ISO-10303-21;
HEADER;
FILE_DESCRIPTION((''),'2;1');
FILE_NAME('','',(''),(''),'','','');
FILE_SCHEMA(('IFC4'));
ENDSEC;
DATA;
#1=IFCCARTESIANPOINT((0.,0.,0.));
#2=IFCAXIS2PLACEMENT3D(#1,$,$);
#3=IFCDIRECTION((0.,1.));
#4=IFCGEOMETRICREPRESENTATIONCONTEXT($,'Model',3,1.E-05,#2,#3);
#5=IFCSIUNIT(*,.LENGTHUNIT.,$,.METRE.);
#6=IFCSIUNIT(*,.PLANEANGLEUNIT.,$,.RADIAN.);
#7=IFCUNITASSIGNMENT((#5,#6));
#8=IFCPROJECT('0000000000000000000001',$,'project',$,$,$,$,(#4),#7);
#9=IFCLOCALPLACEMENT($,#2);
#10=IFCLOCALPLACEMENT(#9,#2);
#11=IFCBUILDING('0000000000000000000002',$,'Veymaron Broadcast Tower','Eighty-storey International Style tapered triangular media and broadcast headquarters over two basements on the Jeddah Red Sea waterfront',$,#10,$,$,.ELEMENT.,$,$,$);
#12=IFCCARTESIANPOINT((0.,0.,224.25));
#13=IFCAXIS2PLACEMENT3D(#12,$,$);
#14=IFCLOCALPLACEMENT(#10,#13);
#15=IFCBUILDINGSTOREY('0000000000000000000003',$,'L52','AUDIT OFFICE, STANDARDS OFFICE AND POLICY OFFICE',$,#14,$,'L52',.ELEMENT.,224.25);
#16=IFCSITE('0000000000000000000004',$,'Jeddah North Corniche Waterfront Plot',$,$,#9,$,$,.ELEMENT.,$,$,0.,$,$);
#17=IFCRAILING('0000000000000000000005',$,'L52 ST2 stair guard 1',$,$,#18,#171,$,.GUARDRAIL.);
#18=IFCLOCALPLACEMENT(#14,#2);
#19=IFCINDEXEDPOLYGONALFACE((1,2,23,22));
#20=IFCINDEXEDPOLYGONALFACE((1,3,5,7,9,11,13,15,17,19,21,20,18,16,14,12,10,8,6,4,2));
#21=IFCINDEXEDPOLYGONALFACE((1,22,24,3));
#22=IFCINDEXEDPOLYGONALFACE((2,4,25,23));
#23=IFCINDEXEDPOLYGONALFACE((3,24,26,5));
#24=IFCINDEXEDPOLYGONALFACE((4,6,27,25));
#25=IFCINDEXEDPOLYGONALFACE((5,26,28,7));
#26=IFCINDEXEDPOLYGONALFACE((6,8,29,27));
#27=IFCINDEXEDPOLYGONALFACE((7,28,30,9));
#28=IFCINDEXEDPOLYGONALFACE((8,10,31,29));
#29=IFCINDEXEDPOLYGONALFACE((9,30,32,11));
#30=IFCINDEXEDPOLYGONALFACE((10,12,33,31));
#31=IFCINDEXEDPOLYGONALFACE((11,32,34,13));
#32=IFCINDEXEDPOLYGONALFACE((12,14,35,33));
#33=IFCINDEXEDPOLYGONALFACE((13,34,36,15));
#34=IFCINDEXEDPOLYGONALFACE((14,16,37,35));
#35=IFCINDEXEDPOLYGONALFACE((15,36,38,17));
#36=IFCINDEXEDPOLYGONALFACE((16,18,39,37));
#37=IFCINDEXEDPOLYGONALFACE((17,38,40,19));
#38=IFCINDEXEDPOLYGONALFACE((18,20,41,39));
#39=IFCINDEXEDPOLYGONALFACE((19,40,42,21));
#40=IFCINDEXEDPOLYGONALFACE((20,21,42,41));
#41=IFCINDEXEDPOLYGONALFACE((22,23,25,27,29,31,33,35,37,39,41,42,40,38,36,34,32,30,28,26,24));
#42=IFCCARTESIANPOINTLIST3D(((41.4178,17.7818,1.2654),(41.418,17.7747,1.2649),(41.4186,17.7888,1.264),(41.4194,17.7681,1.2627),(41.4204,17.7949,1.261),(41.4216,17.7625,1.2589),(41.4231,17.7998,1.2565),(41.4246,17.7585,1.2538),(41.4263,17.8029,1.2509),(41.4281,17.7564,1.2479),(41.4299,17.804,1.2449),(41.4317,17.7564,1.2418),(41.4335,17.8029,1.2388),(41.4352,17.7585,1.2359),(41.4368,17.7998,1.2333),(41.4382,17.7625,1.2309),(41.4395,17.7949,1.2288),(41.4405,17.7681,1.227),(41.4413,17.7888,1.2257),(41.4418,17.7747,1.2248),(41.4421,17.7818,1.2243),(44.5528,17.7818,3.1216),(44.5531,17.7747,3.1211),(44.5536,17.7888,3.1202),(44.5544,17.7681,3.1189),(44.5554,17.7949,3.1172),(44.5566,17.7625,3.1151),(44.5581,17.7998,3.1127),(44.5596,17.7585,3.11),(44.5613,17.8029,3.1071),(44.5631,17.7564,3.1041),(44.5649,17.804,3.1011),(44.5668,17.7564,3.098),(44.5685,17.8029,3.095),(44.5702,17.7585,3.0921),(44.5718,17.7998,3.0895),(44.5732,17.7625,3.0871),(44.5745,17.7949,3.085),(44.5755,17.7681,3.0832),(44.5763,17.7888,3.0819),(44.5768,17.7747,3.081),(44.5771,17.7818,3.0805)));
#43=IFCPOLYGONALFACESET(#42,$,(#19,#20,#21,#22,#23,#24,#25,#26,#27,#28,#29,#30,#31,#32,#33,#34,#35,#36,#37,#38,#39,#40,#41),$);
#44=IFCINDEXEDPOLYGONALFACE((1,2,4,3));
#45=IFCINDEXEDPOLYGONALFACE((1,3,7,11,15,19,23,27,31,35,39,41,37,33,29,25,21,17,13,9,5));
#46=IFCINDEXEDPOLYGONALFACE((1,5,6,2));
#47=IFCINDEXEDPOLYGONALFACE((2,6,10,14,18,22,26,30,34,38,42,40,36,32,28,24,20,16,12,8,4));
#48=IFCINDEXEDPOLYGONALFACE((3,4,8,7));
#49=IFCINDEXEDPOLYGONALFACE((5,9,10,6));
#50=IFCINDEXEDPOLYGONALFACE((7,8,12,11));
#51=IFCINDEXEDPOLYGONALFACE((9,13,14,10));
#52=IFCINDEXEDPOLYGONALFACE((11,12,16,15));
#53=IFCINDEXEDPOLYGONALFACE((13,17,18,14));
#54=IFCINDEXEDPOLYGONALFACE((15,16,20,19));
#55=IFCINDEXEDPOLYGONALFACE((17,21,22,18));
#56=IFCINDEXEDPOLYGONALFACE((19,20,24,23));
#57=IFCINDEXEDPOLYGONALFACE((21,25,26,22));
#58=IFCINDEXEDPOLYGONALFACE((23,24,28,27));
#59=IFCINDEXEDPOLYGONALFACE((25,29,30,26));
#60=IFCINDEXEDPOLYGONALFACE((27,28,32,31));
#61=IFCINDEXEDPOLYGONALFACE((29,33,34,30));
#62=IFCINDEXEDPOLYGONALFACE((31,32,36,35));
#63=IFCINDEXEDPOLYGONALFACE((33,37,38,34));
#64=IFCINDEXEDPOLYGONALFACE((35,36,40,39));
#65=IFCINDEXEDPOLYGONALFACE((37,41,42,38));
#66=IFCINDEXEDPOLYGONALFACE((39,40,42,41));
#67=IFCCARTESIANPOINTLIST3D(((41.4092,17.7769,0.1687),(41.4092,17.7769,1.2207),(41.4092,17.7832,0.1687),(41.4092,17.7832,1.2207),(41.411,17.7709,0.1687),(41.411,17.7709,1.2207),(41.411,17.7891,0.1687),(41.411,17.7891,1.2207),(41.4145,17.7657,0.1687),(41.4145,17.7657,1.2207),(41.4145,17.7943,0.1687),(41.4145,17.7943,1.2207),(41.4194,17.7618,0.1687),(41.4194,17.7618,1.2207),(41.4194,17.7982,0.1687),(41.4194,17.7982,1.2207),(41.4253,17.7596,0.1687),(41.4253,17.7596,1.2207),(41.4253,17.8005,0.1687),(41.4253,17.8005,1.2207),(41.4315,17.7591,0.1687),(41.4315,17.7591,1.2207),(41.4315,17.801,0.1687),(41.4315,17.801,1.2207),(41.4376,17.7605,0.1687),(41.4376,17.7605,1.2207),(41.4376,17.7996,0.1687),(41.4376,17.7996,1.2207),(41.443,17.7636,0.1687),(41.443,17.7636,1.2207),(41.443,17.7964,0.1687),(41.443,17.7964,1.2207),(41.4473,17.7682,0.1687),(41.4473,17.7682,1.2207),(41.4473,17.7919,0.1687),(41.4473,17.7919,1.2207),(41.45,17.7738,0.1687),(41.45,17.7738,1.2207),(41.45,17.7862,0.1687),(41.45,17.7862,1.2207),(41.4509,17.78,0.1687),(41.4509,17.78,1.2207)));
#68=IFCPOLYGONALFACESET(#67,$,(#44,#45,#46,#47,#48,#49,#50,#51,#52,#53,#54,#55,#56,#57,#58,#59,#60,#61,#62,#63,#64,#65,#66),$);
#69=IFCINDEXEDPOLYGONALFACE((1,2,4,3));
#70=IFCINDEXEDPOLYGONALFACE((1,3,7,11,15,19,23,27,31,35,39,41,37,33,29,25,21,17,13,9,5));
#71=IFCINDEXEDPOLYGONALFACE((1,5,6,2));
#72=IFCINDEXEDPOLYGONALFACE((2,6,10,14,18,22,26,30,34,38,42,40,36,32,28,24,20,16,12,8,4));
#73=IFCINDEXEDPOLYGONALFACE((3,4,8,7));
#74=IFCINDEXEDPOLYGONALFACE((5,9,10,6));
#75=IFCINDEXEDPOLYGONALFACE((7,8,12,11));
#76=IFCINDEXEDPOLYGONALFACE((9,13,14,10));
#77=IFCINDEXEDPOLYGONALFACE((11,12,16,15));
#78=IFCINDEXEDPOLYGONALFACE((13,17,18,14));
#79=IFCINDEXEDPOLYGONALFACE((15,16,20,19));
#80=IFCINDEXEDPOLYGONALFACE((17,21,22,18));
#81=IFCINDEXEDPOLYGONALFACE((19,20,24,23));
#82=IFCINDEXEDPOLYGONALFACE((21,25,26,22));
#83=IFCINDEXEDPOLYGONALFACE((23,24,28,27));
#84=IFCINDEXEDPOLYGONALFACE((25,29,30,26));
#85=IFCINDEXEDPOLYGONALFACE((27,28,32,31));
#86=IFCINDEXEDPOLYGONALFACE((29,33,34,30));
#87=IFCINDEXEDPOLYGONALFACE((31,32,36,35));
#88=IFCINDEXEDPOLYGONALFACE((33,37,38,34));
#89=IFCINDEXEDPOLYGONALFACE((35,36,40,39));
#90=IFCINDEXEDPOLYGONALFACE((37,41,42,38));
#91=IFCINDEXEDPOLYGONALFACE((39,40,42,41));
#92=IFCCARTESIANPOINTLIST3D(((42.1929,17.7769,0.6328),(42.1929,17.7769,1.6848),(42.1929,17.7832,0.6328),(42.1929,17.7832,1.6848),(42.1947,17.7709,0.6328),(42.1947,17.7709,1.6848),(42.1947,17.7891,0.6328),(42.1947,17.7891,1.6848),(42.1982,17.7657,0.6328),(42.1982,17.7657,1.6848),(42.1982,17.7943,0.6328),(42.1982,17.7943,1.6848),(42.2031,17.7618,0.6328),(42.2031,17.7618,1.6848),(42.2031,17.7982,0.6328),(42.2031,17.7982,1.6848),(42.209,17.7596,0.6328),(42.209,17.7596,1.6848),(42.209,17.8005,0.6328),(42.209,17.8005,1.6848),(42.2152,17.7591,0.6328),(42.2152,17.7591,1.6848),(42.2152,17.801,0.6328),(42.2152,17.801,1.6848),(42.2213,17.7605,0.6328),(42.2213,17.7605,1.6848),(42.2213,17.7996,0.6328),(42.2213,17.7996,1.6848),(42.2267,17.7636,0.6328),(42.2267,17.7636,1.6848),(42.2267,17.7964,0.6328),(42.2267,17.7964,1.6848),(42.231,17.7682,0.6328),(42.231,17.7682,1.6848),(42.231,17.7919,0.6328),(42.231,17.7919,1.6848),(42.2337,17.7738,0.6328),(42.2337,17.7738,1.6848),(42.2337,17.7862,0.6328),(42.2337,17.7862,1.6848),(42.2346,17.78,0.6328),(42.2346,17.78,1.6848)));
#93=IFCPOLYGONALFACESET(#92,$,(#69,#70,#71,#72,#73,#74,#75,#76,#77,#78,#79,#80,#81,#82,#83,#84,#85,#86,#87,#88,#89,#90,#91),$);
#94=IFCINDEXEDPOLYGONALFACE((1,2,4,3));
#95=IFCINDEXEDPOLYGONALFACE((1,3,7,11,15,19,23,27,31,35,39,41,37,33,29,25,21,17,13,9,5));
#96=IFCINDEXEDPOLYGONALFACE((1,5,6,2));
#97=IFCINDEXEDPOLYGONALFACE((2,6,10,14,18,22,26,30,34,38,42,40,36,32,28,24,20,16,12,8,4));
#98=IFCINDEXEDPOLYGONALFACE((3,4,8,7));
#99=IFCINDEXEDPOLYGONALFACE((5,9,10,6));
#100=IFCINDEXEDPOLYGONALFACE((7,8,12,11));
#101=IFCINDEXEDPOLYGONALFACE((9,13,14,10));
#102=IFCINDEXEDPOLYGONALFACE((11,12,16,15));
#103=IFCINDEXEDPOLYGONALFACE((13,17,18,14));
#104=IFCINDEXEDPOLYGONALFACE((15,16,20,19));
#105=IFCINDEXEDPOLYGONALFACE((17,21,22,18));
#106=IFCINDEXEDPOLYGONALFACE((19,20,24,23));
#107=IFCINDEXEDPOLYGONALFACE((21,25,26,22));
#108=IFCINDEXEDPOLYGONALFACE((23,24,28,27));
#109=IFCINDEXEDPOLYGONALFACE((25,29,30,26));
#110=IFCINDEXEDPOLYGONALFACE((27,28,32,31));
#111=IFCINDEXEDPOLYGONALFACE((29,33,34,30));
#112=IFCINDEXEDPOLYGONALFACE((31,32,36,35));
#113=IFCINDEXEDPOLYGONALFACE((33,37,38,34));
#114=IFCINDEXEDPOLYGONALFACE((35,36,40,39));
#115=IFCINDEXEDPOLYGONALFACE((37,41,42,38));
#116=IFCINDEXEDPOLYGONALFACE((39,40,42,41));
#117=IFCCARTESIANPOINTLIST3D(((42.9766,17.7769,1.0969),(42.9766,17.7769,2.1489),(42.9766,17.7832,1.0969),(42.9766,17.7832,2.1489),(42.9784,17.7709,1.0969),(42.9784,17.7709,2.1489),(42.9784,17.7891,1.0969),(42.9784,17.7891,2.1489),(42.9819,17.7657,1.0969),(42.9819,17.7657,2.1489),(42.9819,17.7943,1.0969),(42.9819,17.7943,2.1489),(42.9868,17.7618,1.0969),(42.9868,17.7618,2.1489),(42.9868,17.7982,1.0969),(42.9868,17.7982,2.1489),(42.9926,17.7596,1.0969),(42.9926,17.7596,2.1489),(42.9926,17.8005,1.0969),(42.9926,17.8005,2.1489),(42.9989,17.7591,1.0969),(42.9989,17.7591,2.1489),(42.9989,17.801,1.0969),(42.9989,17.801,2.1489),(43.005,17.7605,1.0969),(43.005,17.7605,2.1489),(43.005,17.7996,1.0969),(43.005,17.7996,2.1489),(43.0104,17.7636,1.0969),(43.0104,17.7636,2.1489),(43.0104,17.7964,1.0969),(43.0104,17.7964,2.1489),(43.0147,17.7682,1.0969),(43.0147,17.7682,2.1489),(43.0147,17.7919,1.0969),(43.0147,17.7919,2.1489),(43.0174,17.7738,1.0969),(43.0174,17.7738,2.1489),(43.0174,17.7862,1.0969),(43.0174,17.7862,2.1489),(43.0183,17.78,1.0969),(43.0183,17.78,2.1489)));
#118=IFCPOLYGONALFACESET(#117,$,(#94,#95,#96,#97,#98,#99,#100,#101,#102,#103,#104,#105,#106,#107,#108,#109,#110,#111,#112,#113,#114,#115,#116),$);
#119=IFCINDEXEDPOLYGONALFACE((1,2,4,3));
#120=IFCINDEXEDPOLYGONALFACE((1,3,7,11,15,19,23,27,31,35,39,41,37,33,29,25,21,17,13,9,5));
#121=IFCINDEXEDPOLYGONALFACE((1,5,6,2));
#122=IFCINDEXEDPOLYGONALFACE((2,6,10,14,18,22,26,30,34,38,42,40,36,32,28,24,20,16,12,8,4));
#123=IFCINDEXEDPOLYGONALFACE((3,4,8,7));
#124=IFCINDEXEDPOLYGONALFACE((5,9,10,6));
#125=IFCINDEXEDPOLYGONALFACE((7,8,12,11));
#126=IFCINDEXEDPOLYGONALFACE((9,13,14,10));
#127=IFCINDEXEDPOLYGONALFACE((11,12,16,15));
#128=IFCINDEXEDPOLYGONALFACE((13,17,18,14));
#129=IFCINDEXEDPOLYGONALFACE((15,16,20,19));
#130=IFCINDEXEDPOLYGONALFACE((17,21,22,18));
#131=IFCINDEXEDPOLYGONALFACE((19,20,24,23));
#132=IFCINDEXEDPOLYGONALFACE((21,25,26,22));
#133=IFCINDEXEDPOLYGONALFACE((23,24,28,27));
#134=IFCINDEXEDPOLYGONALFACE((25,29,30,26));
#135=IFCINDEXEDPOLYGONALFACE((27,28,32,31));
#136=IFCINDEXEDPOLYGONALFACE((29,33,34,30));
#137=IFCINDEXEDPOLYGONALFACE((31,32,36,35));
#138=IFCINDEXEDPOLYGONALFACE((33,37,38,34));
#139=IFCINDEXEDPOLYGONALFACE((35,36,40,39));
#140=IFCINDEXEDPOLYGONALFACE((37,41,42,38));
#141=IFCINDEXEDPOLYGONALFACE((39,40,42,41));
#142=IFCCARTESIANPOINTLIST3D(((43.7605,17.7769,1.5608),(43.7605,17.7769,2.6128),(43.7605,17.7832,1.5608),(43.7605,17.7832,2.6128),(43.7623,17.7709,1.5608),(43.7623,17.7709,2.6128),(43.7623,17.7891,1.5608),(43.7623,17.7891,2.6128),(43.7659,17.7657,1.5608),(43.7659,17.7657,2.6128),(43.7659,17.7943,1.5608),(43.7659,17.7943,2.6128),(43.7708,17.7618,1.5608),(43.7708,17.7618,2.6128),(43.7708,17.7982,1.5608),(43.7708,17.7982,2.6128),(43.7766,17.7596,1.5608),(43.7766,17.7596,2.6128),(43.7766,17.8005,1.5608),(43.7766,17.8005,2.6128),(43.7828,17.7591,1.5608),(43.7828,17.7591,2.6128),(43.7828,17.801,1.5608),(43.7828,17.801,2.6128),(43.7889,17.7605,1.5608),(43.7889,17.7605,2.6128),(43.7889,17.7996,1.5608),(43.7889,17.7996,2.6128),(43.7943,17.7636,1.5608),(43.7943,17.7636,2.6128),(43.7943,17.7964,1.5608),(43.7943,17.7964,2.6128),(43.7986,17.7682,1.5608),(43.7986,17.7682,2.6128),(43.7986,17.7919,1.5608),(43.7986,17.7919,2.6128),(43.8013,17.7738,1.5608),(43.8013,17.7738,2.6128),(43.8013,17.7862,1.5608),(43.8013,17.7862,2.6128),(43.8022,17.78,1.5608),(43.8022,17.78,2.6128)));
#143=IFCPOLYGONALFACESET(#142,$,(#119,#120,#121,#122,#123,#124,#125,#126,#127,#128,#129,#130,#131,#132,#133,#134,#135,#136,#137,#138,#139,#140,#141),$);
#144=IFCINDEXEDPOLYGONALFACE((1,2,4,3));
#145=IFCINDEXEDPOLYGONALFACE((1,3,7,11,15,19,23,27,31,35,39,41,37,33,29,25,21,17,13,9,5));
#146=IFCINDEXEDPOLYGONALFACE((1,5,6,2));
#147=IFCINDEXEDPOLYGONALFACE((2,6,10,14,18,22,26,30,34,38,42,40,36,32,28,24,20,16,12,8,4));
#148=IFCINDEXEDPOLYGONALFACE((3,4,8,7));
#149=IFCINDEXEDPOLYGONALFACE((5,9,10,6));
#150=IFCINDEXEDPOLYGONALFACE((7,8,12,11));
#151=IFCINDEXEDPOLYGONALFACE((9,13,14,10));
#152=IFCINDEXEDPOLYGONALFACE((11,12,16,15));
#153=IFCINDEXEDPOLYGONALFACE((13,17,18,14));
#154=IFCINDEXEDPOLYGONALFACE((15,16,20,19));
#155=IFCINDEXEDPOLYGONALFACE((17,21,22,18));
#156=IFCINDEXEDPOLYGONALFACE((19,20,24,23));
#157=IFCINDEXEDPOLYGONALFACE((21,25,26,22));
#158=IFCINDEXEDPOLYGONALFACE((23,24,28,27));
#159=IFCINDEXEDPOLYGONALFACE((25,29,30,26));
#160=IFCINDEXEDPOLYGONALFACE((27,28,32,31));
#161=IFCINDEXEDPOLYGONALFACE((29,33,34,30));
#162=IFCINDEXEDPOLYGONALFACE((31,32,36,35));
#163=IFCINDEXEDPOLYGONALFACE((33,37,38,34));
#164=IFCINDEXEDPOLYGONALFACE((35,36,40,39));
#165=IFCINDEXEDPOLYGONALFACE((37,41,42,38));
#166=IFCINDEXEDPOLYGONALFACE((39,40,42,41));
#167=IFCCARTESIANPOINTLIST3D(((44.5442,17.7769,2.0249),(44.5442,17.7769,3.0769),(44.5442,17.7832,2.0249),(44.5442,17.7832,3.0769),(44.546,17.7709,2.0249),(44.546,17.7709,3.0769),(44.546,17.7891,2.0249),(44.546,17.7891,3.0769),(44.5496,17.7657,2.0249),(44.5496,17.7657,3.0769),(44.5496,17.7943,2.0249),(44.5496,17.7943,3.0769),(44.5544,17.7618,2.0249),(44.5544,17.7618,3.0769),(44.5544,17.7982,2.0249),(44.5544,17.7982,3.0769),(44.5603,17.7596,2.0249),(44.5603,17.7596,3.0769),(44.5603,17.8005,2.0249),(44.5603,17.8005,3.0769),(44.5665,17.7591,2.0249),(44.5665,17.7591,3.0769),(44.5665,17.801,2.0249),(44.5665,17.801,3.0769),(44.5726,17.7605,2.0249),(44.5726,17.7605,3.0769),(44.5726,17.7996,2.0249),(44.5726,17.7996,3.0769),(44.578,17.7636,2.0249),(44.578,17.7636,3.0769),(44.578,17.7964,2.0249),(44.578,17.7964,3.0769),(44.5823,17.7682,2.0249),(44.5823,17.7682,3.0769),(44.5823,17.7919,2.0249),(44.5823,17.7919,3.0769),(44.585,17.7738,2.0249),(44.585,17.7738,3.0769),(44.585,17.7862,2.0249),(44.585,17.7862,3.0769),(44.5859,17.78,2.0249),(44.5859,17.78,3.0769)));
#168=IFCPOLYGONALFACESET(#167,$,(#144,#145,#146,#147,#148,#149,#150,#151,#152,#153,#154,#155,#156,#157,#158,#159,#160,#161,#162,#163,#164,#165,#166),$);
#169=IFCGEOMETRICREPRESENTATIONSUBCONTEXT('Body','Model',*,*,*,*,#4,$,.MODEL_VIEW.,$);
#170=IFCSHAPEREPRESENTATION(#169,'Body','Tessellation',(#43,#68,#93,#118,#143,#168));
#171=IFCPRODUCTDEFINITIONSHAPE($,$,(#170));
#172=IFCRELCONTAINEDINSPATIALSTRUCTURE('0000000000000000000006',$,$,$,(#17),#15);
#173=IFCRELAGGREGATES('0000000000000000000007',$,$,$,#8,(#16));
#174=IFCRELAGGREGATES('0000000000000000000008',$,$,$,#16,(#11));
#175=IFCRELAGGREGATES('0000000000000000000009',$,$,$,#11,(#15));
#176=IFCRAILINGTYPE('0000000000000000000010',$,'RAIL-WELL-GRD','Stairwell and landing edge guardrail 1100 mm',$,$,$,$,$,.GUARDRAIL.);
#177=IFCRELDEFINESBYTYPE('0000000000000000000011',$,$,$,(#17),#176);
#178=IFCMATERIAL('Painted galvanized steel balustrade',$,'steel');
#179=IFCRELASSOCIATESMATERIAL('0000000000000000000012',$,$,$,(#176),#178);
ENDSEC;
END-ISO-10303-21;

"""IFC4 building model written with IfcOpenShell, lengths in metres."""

from ifc_helpers import new_model, si_unit, direction, frame, origin, origin_2d, place, context, subcontext, project, spatial, circle, extrude, material, type_object, element, save


model = new_model("IFC4")

# Units and contexts
model_context = context("Model", 3, precision=1e-05, world=origin(), true_north=direction((0.0, 1.0)))
body_context = subcontext(model_context, "Body", "Model", "MODEL_VIEW")
ifc_project = project(units=[si_unit("LENGTHUNIT", "METRE"), si_unit("PLANEANGLEUNIT", "RADIAN")], contexts=[model_context])

# Site, building, storey
site_placement = place(None, origin())
site = spatial("IfcSite", under=ifc_project, at=site_placement, Name="Jeddah North Corniche Waterfront Plot", CompositionType="ELEMENT", RefElevation=0.0)
building_placement = place(site_placement, origin())
building = spatial("IfcBuilding", under=site, at=building_placement, Name="Veymaron Broadcast Tower", Description="Eighty-storey International Style tapered triangular media and broadcast headquarters over two basements on the Jeddah Red Sea waterfront", CompositionType="ELEMENT")
storey_placement = place(building_placement, frame((0.0, 0.0, 224.25)))
storey = spatial("IfcBuildingStorey", under=building, at=storey_placement, Name="L52", Description="AUDIT OFFICE, STANDARDS OFFICE AND POLICY OFFICE", LongName="L52", CompositionType="ELEMENT", Elevation=224.25)

# Railing
ifc_material_1 = material(Name="Painted galvanized steel balustrade", Category="steel")
railing_type_1 = type_object("IfcRailingType", Name="RAIL-WELL-GRD", Description="Stairwell and landing edge guardrail 1100 mm", PredefinedType="GUARDRAIL", material=ifc_material_1)
railing_1_placement = place(storey_placement, frame((41.4299, 17.78, 0.1687)))
element("IfcRailing", 1, at=railing_1_placement, inside=storey, type_object=railing_type_1, Name="L52 ST2 stair guard 1", PredefinedType="GUARDRAIL", context=body_context, shape_type="SweptSolid", body=[
    extrude(circle(Radius=0.0239, at=origin_2d()), frame((0.0, 0.0, 1.0762), z_axis=(0.860482, 0.0, 0.509481), x_axis=(0.0, 1.0, 0.0)), (0.0, 0.0, 1.0), 3.6433),
    extrude(circle(Radius=0.021, at=origin_2d()), origin(), (0.0, 0.0, 1.0), 1.052),
    extrude(circle(Radius=0.021, at=origin_2d()), frame((0.7837, 0.0, 0.4641)), (0.0, 0.0, 1.0), 1.052),
    extrude(circle(Radius=0.021, at=origin_2d()), frame((1.5674, 0.0, 0.9282)), (0.0, 0.0, 1.0), 1.052),
    extrude(circle(Radius=0.021, at=origin_2d()), frame((2.3513, 0.0, 1.3921)), (0.0, 0.0, 1.0), 1.052),
    extrude(circle(Radius=0.021, at=origin_2d()), frame((3.135, 0.0, 1.8562)), (0.0, 0.0, 1.0), 1.052),
])

save(model, "model.ifc")
